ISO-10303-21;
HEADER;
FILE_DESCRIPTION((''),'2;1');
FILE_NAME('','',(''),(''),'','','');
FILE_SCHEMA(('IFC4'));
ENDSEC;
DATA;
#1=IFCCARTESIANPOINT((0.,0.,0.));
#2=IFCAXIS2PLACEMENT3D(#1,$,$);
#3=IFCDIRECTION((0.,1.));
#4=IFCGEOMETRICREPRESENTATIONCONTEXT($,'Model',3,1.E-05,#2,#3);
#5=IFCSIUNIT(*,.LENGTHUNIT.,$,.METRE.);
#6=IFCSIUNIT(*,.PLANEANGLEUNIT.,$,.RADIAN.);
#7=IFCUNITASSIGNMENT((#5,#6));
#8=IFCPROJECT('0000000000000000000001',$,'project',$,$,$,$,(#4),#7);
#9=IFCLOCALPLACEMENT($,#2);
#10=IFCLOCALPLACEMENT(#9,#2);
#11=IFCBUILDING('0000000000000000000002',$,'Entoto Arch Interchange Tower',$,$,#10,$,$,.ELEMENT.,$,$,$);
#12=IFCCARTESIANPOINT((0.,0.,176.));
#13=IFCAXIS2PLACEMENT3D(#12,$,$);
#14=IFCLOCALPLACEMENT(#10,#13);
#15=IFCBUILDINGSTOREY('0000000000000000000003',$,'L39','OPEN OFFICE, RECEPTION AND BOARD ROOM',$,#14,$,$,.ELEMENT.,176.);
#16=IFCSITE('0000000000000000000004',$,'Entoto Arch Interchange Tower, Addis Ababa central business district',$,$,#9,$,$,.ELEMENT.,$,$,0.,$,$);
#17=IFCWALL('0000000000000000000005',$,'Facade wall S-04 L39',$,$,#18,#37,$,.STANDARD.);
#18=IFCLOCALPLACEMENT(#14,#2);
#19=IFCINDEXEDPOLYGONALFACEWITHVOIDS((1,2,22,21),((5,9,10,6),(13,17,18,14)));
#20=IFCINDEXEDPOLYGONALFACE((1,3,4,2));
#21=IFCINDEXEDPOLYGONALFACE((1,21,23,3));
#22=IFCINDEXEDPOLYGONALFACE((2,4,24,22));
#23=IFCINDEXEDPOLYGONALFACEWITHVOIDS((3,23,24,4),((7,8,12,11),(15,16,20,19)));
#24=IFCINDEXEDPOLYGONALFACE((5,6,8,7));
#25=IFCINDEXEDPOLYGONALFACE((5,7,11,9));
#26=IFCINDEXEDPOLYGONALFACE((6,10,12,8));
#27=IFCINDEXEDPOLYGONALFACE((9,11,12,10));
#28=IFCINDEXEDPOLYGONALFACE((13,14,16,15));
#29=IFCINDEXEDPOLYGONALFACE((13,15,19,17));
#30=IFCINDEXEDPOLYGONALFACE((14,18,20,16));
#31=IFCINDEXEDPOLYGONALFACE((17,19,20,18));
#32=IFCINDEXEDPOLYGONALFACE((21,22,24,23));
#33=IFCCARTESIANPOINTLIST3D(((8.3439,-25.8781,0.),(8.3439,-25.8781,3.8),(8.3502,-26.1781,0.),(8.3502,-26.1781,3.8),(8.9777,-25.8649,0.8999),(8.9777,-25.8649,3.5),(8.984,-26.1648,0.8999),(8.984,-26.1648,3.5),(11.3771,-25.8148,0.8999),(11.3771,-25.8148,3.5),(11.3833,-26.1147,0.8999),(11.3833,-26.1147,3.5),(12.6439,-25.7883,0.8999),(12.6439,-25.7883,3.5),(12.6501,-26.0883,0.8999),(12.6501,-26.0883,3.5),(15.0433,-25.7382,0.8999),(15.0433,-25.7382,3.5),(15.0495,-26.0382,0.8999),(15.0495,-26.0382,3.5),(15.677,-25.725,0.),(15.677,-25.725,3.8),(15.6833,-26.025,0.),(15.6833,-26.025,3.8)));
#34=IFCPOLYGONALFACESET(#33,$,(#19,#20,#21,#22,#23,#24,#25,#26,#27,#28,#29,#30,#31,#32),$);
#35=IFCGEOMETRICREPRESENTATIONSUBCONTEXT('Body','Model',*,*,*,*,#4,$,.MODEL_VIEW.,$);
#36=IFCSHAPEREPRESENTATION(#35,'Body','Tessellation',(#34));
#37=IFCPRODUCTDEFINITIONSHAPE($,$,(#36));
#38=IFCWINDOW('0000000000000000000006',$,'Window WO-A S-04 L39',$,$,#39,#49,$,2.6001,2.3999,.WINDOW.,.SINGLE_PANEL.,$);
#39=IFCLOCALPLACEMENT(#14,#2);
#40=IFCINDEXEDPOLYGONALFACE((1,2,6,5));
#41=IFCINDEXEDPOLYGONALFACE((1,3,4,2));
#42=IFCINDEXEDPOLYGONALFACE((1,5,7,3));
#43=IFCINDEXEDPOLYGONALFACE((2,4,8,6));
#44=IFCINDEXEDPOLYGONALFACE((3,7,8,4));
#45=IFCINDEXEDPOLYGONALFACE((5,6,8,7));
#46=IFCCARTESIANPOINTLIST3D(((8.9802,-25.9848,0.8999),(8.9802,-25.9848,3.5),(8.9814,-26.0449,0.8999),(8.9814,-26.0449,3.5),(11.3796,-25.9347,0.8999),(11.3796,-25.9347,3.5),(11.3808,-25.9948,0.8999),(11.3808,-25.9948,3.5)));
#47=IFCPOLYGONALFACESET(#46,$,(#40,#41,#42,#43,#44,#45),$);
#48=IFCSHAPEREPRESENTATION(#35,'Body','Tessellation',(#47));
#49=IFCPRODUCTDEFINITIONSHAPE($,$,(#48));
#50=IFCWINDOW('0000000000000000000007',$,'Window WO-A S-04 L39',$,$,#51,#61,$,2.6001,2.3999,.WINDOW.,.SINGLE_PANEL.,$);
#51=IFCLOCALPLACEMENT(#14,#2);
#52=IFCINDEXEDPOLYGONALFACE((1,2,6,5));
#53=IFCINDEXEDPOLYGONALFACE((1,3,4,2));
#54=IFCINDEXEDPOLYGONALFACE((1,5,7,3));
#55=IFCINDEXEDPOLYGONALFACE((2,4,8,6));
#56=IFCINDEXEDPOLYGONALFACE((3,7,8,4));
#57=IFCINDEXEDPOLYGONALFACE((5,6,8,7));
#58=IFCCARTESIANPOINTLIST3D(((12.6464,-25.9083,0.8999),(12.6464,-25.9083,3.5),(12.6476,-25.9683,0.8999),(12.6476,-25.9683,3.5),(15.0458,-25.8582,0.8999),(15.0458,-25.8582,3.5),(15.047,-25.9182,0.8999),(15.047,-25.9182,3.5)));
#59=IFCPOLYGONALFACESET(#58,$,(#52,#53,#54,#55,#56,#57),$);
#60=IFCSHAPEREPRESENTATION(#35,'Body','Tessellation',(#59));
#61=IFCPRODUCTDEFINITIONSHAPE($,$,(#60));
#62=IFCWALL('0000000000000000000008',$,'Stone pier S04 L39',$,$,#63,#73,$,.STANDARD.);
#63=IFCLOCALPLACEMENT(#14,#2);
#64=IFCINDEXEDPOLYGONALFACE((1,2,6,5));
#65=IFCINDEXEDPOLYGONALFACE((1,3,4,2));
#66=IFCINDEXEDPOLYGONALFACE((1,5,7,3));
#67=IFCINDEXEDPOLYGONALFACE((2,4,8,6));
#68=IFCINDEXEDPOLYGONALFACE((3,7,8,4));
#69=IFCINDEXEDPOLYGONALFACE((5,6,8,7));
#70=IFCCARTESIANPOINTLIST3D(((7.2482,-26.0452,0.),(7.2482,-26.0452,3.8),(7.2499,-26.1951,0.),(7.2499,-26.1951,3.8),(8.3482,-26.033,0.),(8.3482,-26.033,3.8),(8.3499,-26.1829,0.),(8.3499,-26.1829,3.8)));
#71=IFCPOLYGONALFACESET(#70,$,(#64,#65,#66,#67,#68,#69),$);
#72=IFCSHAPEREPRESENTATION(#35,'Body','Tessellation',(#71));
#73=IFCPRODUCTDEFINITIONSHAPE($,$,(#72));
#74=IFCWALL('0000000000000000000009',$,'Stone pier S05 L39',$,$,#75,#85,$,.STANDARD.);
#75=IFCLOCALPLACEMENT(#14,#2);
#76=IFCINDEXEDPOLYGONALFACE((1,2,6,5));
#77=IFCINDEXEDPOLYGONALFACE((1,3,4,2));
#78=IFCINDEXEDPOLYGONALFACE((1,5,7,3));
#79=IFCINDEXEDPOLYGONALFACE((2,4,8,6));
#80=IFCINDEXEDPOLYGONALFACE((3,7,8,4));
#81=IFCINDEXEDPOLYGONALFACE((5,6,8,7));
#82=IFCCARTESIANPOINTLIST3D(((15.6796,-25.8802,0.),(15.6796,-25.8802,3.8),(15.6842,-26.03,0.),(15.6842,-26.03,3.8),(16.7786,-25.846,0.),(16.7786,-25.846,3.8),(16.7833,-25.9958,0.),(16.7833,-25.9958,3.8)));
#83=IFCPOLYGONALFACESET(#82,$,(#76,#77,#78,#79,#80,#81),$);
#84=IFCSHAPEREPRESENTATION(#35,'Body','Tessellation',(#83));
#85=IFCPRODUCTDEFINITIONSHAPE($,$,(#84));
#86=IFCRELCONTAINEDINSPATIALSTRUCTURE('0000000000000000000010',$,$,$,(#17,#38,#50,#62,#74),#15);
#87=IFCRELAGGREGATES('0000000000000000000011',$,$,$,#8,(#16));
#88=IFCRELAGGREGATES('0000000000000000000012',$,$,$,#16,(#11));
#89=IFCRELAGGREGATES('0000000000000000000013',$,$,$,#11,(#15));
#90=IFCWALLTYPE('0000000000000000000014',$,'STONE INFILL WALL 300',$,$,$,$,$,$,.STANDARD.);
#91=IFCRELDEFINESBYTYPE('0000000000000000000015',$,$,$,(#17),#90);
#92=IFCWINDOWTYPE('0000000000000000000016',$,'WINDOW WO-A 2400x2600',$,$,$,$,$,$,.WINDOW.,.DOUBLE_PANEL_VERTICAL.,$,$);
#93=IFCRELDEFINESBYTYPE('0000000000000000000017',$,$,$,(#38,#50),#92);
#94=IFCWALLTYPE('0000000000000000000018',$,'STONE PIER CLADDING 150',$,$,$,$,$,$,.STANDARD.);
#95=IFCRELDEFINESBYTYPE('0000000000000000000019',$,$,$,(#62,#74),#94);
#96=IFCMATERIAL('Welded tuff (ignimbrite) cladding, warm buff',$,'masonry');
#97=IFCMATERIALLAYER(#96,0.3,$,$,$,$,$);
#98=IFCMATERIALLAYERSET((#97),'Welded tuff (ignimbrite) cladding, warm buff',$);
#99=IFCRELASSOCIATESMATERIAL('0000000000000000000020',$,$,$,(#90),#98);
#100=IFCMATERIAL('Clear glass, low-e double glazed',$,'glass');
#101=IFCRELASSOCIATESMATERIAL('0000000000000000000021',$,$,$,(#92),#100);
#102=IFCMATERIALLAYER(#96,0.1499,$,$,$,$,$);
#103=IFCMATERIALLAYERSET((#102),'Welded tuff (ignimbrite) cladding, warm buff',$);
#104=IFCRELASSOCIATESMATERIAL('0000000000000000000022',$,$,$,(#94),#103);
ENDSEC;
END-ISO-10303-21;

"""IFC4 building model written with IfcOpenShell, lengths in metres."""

from ifc_helpers import new_model, si_unit, direction, frame, frame_2d, origin, place, context, subcontext, project, spatial, rectangle, extrude, material, layer, layer_set, type_object, element, fill, save


model = new_model("IFC4")

# Units and contexts
model_context = context("Model", 3, precision=1e-05, world=origin(), true_north=direction((0.0, 1.0)))
body_context = subcontext(model_context, "Body", "Model", "MODEL_VIEW")
ifc_project = project(units=[si_unit("LENGTHUNIT", "METRE"), si_unit("PLANEANGLEUNIT", "RADIAN")], contexts=[model_context])

# Site, building, storey
site_placement = place(None, origin())
site = spatial("IfcSite", under=ifc_project, at=site_placement, Name="Entoto Arch Interchange Tower, Addis Ababa central business district", CompositionType="ELEMENT", RefElevation=0.0)
building_placement = place(site_placement, origin())
building = spatial("IfcBuilding", under=site, at=building_placement, Name="Entoto Arch Interchange Tower", CompositionType="ELEMENT")
storey_placement = place(building_placement, frame((0.0, 0.0, 176.0)))
storey = spatial("IfcBuildingStorey", under=building, at=storey_placement, Name="L39", Description="OPEN OFFICE, RECEPTION AND BOARD ROOM", CompositionType="ELEMENT", Elevation=176.0)

# Shared definitions
ifc_material_1 = material(Name="Clear glass, low-e double glazed", Category="glass")

# Wall, openings, windows
ifc_material_2 = material(Name="Welded tuff (ignimbrite) cladding, warm buff", Category="masonry")
ifc_layer_1 = layer(ifc_material_2, 0.3)
ifc_layer_set_1 = layer_set([ifc_layer_1], Name="Welded tuff (ignimbrite) cladding, warm buff")
wall_type_1 = type_object("IfcWallType", Name="STONE INFILL WALL 300", PredefinedType="STANDARD", material=ifc_layer_set_1)
wall_1_placement = place(storey_placement, frame((8.3469, -26.0281, 0.0), z_axis=(0.0, 0.0, 1.0), x_axis=(0.999782, 0.02087, 0.0)))
wall_1 = element("IfcWall", 1, at=wall_1_placement, inside=storey, type_object=wall_type_1, Name="Facade wall S-04 L39", PredefinedType="STANDARD", context=body_context, shape_type="SweptSolid", body=[
    extrude(rectangle(XDim=7.3347, YDim=0.3, at=frame_2d((3.6675, 0.0))), origin(), (0.0, 0.0, 1.0), 3.8),
])
opening_1_placement = place(wall_1_placement, frame((0.634, 0.0, 0.8999)))
opening_1 = element("IfcOpeningElement", 2, at=opening_1_placement, cuts=wall_1, PredefinedType="OPENING", context=body_context, shape_type="SweptSolid", body=[
    extrude(rectangle(XDim=2.3999, YDim=2.6001, at=frame_2d((1.2, 1.3))), frame((0.0, 0.1602, 0.0), z_axis=(0.0, -1.0, 0.0), x_axis=(1.0, 0.0, 0.0)), (0.0, 0.0, 1.0), 0.3201),
])
opening_2_placement = place(wall_1_placement, frame((4.301, 0.0, 0.8999)))
opening_2 = element("IfcOpeningElement", 3, at=opening_2_placement, cuts=wall_1, PredefinedType="OPENING", context=body_context, shape_type="SweptSolid", body=[
    extrude(rectangle(XDim=2.3999, YDim=2.6001, at=frame_2d((1.2, 1.3))), frame((0.0, 0.1602, 0.0), z_axis=(0.0, -1.0, 0.0), x_axis=(1.0, 0.0, 0.0)), (0.0, 0.0, 1.0), 0.3201),
])
window_type = type_object("IfcWindowType", Name="WINDOW WO-A 2400x2600", PartitioningType="DOUBLE_PANEL_VERTICAL", PredefinedType="WINDOW", material=ifc_material_1)
window_1_placement = place(opening_1_placement, origin())
window_1 = element("IfcWindow", 4, at=window_1_placement, inside=storey, type_object=window_type, Name="Window WO-A S-04 L39", OverallHeight=2.6001, OverallWidth=2.3999, PartitioningType="SINGLE_PANEL", PredefinedType="WINDOW", context=body_context, shape_type="SweptSolid", body=[
    extrude(rectangle(XDim=2.3999, YDim=2.6001, at=frame_2d((1.2, 1.3))), frame((0.0, 0.03, 0.0), z_axis=(0.0, -1.0, 0.0), x_axis=(1.0, 0.0, 0.0)), (0.0, 0.0, 1.0), 0.0601),
])
fill(opening_1, window_1)
window_2_placement = place(opening_2_placement, origin())
window_2 = element("IfcWindow", 5, at=window_2_placement, inside=storey, type_object=window_type, Name="Window WO-A S-04 L39", OverallHeight=2.6001, OverallWidth=2.3999, PartitioningType="SINGLE_PANEL", PredefinedType="WINDOW", context=body_context, shape_type="SweptSolid", body=[
    extrude(rectangle(XDim=2.3999, YDim=2.6001, at=frame_2d((1.2, 1.3))), frame((0.0, 0.03, 0.0), z_axis=(0.0, -1.0, 0.0), x_axis=(1.0, 0.0, 0.0)), (0.0, 0.0, 1.0), 0.0601),
])
fill(opening_2, window_2)

# Walls
ifc_layer_2 = layer(ifc_material_2, 0.1499)
ifc_layer_set_2 = layer_set([ifc_layer_2], Name="Welded tuff (ignimbrite) cladding, warm buff")
wall_type_2 = type_object("IfcWallType", Name="STONE PIER CLADDING 150", PredefinedType="STANDARD", material=ifc_layer_set_2)
wall_2_placement = place(storey_placement, frame((7.249, -26.1201, 0.0), z_axis=(0.0, 0.0, 1.0), x_axis=(0.999938, 0.011096, 0.0)))
element("IfcWall", 6, at=wall_2_placement, inside=storey, type_object=wall_type_2, Name="Stone pier S04 L39", PredefinedType="STANDARD", context=body_context, shape_type="SweptSolid", body=[
    extrude(rectangle(XDim=1.1001, YDim=0.1499, at=frame_2d((0.55, 0.0))), origin(), (0.0, 0.0, 1.0), 3.8),
])
wall_3_placement = place(storey_placement, frame((15.6819, -25.9551, 0.0), z_axis=(0.0, 0.0, 1.0), x_axis=(0.999517, 0.031082, 0.0)))
element("IfcWall", 7, at=wall_3_placement, inside=storey, type_object=wall_type_2, Name="Stone pier S05 L39", PredefinedType="STANDARD", context=body_context, shape_type="SweptSolid", body=[
    extrude(rectangle(XDim=1.0996, YDim=0.1499, at=frame_2d((0.5498, 0.0))), origin(), (0.0, 0.0, 1.0), 3.8),
])

save(model, "model.ifc")
